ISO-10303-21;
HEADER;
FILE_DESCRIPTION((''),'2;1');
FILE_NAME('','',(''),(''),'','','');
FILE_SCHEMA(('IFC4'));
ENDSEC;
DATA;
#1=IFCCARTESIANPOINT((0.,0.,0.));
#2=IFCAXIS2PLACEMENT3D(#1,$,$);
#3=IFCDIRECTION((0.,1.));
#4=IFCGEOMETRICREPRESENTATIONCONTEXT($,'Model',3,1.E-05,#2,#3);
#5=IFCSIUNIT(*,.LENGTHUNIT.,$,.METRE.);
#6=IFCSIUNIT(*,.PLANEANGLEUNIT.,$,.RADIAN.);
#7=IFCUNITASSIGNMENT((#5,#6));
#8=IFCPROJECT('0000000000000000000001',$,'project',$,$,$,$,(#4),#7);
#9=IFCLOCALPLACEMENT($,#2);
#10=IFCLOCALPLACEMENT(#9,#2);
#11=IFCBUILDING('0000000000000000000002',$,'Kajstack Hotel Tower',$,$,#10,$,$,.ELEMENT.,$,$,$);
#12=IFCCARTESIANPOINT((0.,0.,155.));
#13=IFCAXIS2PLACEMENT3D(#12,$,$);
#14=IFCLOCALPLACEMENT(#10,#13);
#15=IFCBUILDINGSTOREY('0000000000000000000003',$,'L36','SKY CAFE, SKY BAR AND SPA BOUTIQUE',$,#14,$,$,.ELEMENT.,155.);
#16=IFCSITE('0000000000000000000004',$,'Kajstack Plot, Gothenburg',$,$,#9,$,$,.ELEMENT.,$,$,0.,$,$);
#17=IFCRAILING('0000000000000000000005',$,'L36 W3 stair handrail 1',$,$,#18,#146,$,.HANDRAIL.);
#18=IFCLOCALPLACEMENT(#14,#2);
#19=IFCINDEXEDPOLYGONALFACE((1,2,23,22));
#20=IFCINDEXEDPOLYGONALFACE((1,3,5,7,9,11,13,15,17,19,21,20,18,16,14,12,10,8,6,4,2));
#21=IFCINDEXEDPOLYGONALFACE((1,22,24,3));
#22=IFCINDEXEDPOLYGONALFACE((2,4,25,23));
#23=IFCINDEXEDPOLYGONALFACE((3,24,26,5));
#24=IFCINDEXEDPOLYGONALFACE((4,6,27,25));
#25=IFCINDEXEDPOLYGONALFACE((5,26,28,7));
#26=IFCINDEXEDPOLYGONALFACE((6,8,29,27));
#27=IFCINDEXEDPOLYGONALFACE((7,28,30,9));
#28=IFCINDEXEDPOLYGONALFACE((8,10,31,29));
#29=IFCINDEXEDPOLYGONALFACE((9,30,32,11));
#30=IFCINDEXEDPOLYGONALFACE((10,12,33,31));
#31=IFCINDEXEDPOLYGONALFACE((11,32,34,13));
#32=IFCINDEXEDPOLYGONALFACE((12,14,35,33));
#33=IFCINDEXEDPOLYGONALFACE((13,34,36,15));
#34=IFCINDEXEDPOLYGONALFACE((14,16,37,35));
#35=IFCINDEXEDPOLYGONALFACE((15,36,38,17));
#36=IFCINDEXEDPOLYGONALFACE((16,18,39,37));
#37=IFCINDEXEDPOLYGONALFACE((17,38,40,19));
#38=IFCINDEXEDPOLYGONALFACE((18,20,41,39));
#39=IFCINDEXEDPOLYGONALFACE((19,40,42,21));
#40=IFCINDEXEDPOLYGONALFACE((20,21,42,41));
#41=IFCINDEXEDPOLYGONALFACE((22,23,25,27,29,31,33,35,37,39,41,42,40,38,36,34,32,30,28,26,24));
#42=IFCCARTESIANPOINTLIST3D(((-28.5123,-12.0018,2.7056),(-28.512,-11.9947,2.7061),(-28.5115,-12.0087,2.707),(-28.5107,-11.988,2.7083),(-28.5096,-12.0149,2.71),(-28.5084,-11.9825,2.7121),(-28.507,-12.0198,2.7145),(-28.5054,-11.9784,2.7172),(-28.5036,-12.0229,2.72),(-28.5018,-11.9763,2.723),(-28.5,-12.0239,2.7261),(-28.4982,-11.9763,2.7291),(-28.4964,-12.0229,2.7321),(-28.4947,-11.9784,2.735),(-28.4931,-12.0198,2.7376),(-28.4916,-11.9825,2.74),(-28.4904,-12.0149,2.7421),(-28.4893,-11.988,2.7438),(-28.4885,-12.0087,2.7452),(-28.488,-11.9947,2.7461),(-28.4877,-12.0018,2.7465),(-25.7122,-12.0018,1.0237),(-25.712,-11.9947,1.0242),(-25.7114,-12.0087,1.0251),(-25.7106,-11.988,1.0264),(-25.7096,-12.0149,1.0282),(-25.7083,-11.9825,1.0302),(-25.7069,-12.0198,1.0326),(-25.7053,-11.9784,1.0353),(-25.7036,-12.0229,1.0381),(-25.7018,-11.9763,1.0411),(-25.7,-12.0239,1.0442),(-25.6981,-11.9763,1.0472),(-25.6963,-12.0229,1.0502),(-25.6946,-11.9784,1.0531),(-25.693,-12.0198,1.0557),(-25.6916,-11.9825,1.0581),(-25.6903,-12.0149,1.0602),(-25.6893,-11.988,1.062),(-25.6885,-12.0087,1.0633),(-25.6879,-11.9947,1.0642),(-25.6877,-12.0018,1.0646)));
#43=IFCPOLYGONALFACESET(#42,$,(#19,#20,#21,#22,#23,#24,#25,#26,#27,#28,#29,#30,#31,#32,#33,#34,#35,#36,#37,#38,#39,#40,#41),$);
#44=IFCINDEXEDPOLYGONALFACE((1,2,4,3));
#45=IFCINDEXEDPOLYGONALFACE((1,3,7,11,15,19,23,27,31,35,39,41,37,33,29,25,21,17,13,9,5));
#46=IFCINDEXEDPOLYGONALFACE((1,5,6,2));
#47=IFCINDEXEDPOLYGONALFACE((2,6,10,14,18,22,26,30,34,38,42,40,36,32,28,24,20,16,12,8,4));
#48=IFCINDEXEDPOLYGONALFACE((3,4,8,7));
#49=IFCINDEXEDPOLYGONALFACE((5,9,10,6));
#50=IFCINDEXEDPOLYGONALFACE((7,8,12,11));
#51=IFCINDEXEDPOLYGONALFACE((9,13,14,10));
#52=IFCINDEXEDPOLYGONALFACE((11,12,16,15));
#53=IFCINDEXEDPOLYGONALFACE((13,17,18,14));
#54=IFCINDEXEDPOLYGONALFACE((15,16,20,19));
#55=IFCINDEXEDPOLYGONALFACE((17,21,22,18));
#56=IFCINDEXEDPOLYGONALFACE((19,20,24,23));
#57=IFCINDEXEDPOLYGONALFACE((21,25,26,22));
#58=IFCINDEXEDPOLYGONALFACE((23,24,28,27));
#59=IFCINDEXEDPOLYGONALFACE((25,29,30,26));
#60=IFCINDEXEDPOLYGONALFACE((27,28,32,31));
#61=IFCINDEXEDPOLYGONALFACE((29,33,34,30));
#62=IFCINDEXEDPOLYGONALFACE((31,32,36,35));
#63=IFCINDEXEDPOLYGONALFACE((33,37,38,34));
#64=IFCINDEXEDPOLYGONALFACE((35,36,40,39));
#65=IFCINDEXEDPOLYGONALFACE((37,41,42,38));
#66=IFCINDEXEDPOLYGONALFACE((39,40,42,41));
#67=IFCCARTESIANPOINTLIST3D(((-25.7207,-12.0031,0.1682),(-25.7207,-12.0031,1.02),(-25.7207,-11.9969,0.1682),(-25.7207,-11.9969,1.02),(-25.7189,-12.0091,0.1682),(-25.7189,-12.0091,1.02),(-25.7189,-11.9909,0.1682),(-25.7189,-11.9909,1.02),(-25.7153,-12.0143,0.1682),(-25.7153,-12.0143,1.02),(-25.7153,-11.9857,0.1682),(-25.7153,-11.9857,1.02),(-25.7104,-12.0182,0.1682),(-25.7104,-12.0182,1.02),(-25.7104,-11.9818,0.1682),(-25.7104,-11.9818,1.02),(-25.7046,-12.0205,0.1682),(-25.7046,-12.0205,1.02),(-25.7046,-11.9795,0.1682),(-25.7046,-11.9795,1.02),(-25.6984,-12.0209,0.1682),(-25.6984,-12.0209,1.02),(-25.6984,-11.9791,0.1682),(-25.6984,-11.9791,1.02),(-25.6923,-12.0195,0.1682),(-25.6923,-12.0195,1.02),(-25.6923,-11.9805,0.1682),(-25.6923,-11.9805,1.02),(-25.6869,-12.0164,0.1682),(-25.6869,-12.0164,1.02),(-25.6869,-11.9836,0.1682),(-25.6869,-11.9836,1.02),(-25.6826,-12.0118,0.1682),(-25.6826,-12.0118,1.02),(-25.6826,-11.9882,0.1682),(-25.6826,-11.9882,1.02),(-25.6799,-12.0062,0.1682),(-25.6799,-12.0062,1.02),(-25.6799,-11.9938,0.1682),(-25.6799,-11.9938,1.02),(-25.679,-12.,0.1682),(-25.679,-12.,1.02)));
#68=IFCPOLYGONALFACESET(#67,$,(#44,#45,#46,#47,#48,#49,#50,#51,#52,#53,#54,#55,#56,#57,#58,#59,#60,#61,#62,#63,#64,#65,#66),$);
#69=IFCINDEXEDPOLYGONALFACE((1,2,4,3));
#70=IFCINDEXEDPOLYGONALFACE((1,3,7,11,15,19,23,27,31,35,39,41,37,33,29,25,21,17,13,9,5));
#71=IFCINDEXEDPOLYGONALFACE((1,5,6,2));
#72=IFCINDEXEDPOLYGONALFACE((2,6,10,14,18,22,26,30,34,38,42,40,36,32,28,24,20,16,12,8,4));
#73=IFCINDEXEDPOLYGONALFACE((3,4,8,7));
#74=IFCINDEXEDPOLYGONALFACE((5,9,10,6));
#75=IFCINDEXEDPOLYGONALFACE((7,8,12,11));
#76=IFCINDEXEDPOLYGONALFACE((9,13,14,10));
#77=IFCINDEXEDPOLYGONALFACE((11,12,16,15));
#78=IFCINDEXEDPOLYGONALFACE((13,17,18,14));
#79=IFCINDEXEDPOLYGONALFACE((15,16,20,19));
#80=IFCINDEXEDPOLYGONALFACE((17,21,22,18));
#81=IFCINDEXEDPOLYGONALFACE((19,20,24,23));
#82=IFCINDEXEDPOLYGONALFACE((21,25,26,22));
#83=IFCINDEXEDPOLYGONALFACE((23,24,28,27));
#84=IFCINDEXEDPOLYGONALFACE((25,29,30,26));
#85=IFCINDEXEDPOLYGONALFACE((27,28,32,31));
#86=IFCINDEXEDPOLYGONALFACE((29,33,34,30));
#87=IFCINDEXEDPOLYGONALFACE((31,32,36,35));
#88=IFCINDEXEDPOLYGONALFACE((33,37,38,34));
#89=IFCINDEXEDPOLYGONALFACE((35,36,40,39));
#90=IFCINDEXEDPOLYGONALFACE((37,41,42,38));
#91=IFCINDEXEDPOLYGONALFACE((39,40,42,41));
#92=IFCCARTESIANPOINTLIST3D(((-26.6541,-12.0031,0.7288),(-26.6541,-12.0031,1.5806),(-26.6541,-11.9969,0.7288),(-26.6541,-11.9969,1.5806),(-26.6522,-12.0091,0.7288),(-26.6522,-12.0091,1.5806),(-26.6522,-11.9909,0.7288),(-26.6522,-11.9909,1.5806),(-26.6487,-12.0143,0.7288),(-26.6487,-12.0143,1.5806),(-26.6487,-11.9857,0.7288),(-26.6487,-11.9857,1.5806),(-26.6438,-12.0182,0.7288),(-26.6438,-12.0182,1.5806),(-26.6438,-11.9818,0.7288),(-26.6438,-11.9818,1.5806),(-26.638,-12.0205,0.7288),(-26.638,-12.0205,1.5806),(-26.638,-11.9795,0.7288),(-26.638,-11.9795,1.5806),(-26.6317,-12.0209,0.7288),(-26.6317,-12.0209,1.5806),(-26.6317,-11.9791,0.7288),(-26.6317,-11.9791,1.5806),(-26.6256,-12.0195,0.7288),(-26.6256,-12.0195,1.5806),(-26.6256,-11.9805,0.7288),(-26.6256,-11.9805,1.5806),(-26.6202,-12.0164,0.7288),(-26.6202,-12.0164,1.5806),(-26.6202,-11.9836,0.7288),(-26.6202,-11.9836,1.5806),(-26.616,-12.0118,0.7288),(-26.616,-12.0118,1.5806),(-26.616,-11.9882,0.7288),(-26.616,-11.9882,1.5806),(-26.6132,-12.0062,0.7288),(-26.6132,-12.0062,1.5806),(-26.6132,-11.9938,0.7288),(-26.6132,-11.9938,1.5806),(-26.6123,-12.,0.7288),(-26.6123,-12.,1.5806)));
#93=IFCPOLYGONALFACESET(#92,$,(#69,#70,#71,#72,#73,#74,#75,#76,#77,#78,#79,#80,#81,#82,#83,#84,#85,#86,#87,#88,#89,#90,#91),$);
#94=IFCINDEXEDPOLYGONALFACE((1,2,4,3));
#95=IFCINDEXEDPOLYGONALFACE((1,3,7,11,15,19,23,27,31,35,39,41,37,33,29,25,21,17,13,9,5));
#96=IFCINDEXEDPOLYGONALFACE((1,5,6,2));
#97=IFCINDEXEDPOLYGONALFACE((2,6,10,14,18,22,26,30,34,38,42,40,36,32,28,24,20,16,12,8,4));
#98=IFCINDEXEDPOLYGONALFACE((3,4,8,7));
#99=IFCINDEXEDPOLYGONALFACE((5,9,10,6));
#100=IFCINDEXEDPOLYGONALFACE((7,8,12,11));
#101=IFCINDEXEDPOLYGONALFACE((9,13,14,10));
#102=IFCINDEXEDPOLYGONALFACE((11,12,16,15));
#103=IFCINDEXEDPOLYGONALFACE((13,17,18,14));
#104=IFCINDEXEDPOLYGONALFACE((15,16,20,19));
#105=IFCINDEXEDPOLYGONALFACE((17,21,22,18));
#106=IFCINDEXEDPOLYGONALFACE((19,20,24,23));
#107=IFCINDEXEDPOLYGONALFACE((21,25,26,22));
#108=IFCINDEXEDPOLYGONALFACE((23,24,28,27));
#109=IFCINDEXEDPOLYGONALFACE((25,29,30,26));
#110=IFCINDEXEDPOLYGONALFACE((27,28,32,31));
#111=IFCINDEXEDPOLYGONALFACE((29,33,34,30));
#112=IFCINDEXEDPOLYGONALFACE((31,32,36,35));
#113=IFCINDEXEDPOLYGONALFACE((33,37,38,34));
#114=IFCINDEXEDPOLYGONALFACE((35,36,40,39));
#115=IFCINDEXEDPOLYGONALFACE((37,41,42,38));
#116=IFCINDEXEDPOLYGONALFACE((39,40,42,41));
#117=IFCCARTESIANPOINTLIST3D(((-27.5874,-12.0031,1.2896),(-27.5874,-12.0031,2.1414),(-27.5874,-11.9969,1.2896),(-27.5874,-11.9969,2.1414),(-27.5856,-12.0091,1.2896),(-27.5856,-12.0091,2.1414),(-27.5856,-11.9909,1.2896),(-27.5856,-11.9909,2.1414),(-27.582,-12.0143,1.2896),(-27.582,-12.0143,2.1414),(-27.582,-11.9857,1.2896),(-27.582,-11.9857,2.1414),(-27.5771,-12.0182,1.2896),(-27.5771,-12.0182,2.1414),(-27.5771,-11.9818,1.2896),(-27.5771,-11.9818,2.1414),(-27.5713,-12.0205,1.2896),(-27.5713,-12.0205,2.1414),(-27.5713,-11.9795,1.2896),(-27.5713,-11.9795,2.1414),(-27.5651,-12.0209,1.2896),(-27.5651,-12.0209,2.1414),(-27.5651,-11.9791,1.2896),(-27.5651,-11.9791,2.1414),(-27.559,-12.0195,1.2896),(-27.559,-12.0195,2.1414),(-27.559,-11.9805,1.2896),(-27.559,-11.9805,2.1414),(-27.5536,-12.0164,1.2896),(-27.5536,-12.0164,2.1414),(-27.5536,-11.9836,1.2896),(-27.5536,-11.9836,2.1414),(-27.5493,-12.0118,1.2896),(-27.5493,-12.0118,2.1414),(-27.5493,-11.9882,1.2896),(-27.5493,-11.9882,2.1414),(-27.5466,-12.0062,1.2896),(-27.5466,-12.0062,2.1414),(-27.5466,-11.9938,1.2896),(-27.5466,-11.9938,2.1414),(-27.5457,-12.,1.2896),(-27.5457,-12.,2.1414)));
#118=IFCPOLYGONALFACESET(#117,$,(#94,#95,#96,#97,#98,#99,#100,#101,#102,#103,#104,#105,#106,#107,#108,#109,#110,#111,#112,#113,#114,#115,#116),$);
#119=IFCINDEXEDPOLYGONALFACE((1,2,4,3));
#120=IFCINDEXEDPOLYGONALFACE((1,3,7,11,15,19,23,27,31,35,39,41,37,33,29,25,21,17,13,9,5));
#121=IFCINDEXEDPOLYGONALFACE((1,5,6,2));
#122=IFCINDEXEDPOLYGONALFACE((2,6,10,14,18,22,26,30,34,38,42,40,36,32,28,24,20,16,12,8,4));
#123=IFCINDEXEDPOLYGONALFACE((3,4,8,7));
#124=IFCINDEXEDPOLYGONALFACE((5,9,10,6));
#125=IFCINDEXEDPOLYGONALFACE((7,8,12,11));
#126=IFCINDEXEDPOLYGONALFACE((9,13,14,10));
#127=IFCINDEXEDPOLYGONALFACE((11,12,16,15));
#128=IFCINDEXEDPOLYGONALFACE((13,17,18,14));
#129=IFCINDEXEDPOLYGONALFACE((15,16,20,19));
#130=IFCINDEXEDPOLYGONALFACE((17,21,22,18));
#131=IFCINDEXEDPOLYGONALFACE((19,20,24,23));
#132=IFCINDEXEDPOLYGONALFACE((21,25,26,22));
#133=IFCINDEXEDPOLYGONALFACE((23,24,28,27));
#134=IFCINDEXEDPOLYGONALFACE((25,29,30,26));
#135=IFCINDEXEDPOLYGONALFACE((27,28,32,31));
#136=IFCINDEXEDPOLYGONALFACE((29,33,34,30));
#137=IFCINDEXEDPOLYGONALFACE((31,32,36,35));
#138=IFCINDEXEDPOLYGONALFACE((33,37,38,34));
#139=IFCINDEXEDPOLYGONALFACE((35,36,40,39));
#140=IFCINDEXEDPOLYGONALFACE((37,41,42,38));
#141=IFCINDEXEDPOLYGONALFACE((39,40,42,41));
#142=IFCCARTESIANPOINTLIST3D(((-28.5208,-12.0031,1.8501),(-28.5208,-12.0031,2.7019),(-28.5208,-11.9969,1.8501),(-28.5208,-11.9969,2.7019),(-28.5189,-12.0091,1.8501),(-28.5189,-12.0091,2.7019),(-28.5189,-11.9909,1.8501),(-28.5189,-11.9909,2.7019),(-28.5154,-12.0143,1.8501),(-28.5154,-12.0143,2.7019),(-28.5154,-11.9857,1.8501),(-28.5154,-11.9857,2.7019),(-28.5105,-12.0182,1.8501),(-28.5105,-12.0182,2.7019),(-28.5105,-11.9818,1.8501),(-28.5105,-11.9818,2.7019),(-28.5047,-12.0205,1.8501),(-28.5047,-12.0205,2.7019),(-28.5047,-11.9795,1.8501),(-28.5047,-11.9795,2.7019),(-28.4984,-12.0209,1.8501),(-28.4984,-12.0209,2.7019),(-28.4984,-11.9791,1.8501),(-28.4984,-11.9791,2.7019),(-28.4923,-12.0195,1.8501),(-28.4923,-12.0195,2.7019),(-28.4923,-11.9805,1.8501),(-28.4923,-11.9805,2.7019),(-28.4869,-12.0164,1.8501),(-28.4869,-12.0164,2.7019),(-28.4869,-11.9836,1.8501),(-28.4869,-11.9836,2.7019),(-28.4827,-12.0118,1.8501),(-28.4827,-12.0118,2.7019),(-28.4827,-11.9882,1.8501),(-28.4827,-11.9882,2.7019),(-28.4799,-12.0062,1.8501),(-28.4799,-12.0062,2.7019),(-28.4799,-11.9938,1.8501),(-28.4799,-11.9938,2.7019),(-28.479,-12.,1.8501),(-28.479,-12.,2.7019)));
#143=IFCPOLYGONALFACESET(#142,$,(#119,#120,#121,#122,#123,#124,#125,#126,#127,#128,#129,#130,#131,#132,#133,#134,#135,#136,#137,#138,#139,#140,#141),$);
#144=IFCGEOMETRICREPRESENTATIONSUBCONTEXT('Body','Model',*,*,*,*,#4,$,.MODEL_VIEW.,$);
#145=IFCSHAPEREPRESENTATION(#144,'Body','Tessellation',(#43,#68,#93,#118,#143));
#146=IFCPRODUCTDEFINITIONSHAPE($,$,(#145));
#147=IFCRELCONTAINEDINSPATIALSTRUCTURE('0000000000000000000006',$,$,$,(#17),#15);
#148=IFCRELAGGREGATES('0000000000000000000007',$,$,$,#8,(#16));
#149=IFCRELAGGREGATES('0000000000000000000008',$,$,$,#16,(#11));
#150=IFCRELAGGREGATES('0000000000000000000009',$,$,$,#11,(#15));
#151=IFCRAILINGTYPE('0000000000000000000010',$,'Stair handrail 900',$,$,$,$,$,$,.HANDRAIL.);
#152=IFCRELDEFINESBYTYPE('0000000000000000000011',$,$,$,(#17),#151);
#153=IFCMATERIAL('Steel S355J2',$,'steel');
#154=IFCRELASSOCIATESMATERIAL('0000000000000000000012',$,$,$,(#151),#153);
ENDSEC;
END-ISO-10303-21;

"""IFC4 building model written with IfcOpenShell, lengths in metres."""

from ifc_helpers import new_model, si_unit, direction, frame, origin, origin_2d, place, context, subcontext, project, spatial, circle, extrude, material, type_object, element, save


model = new_model("IFC4")

# Units and contexts
model_context = context("Model", 3, precision=1e-05, world=origin(), true_north=direction((0.0, 1.0)))
body_context = subcontext(model_context, "Body", "Model", "MODEL_VIEW")
ifc_project = project(units=[si_unit("LENGTHUNIT", "METRE"), si_unit("PLANEANGLEUNIT", "RADIAN")], contexts=[model_context])

# Site, building, storey
site_placement = place(None, origin())
site = spatial("IfcSite", under=ifc_project, at=site_placement, Name="Kajstack Plot, Gothenburg", CompositionType="ELEMENT", RefElevation=0.0)
building_placement = place(site_placement, origin())
building = spatial("IfcBuilding", under=site, at=building_placement, Name="Kajstack Hotel Tower", CompositionType="ELEMENT")
storey_placement = place(building_placement, frame((0.0, 0.0, 155.0)))
storey = spatial("IfcBuildingStorey", under=building, at=storey_placement, Name="L36", Description="SKY CAFE, SKY BAR AND SPA BOUTIQUE", CompositionType="ELEMENT", Elevation=155.0)

# Railing
ifc_material_1 = material(Name="Steel S355J2", Category="steel")
railing_type_1 = type_object("IfcRailingType", Name="Stair handrail 900", PredefinedType="HANDRAIL", material=ifc_material_1)
railing_1_placement = place(storey_placement, frame((-25.7, -12.0, 0.1682)))
element("IfcRailing", 1, at=railing_1_placement, inside=storey, type_object=railing_type_1, Name="L36 W3 stair handrail 1", PredefinedType="HANDRAIL", context=body_context, shape_type="SweptSolid", body=[
    extrude(circle(Radius=0.0239, at=origin_2d()), frame((0.0, 0.0, 0.876), z_axis=(-0.857242, 0.0, 0.514913), x_axis=(0.0, -1.0, 0.0)), (0.0, 0.0, 1.0), 3.2664),
    extrude(circle(Radius=0.021, at=origin_2d()), origin(), (0.0, 0.0, 1.0), 0.8518),
    extrude(circle(Radius=0.021, at=origin_2d()), frame((-0.9333, 0.0, 0.5605)), (0.0, 0.0, 1.0), 0.8518),
    extrude(circle(Radius=0.021, at=origin_2d()), frame((-1.8667, 0.0, 1.1213)), (0.0, 0.0, 1.0), 0.8518),
    extrude(circle(Radius=0.021, at=origin_2d()), frame((-2.8, 0.0, 1.6819)), (0.0, 0.0, 1.0), 0.8518),
])

save(model, "model.ifc")
